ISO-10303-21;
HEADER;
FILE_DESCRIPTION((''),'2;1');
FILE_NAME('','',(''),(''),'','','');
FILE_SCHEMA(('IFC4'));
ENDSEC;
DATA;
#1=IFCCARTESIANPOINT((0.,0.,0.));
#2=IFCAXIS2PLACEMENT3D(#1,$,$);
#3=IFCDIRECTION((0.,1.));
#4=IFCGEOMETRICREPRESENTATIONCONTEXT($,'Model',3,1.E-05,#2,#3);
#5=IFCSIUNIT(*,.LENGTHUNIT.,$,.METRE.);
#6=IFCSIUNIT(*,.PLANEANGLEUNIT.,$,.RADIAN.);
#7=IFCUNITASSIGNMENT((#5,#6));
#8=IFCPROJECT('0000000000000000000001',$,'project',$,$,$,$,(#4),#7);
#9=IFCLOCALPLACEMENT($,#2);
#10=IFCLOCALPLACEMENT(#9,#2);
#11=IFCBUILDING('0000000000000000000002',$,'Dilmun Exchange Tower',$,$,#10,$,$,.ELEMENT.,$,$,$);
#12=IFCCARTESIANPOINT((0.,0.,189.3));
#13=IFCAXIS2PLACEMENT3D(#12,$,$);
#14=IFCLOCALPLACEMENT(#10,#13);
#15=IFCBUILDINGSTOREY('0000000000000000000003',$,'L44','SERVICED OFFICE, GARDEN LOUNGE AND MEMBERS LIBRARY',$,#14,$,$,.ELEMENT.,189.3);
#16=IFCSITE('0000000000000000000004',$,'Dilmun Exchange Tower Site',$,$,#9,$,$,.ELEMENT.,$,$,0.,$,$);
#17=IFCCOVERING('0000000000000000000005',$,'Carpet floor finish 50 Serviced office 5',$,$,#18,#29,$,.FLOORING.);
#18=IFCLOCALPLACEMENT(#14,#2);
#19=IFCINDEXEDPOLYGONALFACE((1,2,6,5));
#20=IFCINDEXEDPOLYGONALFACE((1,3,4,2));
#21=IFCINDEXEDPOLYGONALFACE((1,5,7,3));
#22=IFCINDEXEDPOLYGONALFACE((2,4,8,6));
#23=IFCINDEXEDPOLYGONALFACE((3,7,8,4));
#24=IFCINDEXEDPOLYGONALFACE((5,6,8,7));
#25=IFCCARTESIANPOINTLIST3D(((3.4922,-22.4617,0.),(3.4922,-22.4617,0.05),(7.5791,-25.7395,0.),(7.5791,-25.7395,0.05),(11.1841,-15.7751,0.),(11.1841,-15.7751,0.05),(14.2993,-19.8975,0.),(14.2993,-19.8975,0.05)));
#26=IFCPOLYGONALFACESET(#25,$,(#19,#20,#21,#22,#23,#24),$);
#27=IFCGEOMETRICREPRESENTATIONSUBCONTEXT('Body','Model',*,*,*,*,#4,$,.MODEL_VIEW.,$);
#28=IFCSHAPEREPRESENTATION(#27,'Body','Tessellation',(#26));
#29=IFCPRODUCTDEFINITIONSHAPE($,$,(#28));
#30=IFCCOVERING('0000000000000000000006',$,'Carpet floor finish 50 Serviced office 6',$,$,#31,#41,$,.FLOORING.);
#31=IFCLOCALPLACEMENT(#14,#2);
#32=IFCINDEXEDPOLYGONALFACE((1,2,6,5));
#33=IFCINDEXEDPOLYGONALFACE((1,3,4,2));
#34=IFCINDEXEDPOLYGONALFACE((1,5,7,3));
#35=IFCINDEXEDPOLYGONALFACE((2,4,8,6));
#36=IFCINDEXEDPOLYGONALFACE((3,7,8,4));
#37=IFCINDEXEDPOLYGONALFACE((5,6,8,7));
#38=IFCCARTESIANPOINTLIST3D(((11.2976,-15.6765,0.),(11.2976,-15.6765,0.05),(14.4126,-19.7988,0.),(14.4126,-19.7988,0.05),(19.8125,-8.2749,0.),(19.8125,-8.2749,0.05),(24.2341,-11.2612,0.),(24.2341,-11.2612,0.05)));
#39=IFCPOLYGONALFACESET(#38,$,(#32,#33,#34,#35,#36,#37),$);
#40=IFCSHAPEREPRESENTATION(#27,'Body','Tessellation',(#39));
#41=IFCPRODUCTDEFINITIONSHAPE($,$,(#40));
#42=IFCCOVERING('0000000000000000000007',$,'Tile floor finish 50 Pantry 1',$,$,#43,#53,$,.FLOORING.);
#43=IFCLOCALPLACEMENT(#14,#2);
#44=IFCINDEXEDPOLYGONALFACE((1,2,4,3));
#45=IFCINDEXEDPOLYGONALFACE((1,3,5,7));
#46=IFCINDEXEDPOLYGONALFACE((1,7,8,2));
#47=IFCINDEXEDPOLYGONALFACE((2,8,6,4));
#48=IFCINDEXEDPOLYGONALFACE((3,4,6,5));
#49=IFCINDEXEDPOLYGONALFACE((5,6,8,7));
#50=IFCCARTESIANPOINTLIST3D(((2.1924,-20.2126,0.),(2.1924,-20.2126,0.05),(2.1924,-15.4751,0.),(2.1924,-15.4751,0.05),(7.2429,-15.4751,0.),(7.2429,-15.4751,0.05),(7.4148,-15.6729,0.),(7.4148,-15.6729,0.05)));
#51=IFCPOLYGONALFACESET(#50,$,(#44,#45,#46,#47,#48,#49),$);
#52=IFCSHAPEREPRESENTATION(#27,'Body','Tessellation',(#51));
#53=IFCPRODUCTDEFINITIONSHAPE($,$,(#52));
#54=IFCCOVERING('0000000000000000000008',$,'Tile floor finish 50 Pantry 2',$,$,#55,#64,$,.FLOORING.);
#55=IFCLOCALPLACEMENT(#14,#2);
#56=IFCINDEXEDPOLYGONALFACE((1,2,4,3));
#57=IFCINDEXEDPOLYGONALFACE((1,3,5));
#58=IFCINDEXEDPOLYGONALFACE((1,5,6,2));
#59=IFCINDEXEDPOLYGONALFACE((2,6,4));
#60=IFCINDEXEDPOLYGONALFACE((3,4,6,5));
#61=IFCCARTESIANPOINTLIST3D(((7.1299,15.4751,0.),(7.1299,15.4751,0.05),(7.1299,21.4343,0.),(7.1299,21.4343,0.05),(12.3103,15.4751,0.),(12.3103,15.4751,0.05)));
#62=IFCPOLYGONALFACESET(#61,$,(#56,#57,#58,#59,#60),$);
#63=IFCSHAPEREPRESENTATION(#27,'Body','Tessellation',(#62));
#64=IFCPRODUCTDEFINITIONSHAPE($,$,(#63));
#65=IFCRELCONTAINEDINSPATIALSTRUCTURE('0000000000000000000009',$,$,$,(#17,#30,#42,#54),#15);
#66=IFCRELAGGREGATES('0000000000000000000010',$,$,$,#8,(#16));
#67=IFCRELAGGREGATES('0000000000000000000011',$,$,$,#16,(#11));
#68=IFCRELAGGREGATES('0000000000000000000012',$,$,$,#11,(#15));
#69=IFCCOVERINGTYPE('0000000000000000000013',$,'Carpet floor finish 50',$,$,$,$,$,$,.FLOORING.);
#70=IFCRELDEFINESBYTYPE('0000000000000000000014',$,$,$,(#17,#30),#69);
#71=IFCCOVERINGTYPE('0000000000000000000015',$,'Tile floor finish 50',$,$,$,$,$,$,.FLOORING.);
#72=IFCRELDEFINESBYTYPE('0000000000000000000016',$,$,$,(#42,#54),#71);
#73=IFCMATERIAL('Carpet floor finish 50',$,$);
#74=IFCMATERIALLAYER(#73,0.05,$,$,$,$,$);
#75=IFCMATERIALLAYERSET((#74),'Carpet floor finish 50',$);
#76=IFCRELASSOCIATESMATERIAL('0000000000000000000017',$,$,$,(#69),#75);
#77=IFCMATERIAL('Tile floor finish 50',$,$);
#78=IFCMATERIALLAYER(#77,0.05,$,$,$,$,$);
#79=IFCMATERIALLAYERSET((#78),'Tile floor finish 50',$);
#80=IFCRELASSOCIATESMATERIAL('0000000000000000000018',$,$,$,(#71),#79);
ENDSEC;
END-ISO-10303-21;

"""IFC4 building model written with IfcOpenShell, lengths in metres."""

from ifc_helpers import new_model, si_unit, direction, frame, origin, place, context, subcontext, project, spatial, polyline, outline, extrude, material, layer, layer_set, type_object, element, save


model = new_model("IFC4")

# Units and contexts
model_context = context("Model", 3, precision=1e-05, world=origin(), true_north=direction((0.0, 1.0)))
body_context = subcontext(model_context, "Body", "Model", "MODEL_VIEW")
ifc_project = project(units=[si_unit("LENGTHUNIT", "METRE"), si_unit("PLANEANGLEUNIT", "RADIAN")], contexts=[model_context])

# Site, building, storey
site_placement = place(None, origin())
site = spatial("IfcSite", under=ifc_project, at=site_placement, Name="Dilmun Exchange Tower Site", CompositionType="ELEMENT", RefElevation=0.0)
building_placement = place(site_placement, origin())
building = spatial("IfcBuilding", under=site, at=building_placement, Name="Dilmun Exchange Tower", CompositionType="ELEMENT")
storey_placement = place(building_placement, frame((0.0, 0.0, 189.3)))
storey = spatial("IfcBuildingStorey", under=building, at=storey_placement, Name="L44", Description="SERVICED OFFICE, GARDEN LOUNGE AND MEMBERS LIBRARY", CompositionType="ELEMENT", Elevation=189.3)

# Coverings
ifc_material_1 = material(Name="Carpet floor finish 50")
ifc_layer_1 = layer(ifc_material_1, 0.05)
ifc_layer_set_1 = layer_set([ifc_layer_1], Name="Carpet floor finish 50")
covering_type_1 = type_object("IfcCoveringType", Name="Carpet floor finish 50", PredefinedType="FLOORING", material=ifc_layer_set_1)
covering_1_placement = place(storey_placement, origin())
element("IfcCovering", 1, at=covering_1_placement, inside=storey, type_object=covering_type_1, Name="Carpet floor finish 50 Serviced office 5", PredefinedType="FLOORING", context=body_context, shape_type="SweptSolid", body=[
    extrude(outline(polyline([(11.1841, -15.7751), (14.2993, -19.8975), (7.5791, -25.7395), (3.4922, -22.4617), (11.1841, -15.7751)])), origin(), (0.0, 0.0, 1.0), 0.05),
])
covering_2_placement = place(storey_placement, origin())
element("IfcCovering", 2, at=covering_2_placement, inside=storey, type_object=covering_type_1, Name="Carpet floor finish 50 Serviced office 6", PredefinedType="FLOORING", context=body_context, shape_type="SweptSolid", body=[
    extrude(outline(polyline([(11.2976, -15.6765), (19.8125, -8.2749), (24.2341, -11.2612), (14.4126, -19.7988), (11.2976, -15.6765)])), origin(), (0.0, 0.0, 1.0), 0.05),
])
ifc_material_2 = material(Name="Tile floor finish 50")
ifc_layer_2 = layer(ifc_material_2, 0.05)
ifc_layer_set_2 = layer_set([ifc_layer_2], Name="Tile floor finish 50")
covering_type_2 = type_object("IfcCoveringType", Name="Tile floor finish 50", PredefinedType="FLOORING", material=ifc_layer_set_2)
covering_3_placement = place(storey_placement, origin())
element("IfcCovering", 3, at=covering_3_placement, inside=storey, type_object=covering_type_2, Name="Tile floor finish 50 Pantry 1", PredefinedType="FLOORING", context=body_context, shape_type="SweptSolid", body=[
    extrude(outline(polyline([(2.1924, -15.4751), (7.2429, -15.4751), (7.4148, -15.6729), (2.1924, -20.2126), (2.1924, -15.4751)])), origin(), (0.0, 0.0, 1.0), 0.05),
])
covering_4_placement = place(storey_placement, origin())
element("IfcCovering", 4, at=covering_4_placement, inside=storey, type_object=covering_type_2, Name="Tile floor finish 50 Pantry 2", PredefinedType="FLOORING", context=body_context, shape_type="SweptSolid", body=[
    extrude(outline(polyline([(7.1299, 21.4343), (12.3103, 15.4751), (7.1299, 15.4751), (7.1299, 21.4343)])), origin(), (0.0, 0.0, 1.0), 0.05),
])

save(model, "model.ifc")
